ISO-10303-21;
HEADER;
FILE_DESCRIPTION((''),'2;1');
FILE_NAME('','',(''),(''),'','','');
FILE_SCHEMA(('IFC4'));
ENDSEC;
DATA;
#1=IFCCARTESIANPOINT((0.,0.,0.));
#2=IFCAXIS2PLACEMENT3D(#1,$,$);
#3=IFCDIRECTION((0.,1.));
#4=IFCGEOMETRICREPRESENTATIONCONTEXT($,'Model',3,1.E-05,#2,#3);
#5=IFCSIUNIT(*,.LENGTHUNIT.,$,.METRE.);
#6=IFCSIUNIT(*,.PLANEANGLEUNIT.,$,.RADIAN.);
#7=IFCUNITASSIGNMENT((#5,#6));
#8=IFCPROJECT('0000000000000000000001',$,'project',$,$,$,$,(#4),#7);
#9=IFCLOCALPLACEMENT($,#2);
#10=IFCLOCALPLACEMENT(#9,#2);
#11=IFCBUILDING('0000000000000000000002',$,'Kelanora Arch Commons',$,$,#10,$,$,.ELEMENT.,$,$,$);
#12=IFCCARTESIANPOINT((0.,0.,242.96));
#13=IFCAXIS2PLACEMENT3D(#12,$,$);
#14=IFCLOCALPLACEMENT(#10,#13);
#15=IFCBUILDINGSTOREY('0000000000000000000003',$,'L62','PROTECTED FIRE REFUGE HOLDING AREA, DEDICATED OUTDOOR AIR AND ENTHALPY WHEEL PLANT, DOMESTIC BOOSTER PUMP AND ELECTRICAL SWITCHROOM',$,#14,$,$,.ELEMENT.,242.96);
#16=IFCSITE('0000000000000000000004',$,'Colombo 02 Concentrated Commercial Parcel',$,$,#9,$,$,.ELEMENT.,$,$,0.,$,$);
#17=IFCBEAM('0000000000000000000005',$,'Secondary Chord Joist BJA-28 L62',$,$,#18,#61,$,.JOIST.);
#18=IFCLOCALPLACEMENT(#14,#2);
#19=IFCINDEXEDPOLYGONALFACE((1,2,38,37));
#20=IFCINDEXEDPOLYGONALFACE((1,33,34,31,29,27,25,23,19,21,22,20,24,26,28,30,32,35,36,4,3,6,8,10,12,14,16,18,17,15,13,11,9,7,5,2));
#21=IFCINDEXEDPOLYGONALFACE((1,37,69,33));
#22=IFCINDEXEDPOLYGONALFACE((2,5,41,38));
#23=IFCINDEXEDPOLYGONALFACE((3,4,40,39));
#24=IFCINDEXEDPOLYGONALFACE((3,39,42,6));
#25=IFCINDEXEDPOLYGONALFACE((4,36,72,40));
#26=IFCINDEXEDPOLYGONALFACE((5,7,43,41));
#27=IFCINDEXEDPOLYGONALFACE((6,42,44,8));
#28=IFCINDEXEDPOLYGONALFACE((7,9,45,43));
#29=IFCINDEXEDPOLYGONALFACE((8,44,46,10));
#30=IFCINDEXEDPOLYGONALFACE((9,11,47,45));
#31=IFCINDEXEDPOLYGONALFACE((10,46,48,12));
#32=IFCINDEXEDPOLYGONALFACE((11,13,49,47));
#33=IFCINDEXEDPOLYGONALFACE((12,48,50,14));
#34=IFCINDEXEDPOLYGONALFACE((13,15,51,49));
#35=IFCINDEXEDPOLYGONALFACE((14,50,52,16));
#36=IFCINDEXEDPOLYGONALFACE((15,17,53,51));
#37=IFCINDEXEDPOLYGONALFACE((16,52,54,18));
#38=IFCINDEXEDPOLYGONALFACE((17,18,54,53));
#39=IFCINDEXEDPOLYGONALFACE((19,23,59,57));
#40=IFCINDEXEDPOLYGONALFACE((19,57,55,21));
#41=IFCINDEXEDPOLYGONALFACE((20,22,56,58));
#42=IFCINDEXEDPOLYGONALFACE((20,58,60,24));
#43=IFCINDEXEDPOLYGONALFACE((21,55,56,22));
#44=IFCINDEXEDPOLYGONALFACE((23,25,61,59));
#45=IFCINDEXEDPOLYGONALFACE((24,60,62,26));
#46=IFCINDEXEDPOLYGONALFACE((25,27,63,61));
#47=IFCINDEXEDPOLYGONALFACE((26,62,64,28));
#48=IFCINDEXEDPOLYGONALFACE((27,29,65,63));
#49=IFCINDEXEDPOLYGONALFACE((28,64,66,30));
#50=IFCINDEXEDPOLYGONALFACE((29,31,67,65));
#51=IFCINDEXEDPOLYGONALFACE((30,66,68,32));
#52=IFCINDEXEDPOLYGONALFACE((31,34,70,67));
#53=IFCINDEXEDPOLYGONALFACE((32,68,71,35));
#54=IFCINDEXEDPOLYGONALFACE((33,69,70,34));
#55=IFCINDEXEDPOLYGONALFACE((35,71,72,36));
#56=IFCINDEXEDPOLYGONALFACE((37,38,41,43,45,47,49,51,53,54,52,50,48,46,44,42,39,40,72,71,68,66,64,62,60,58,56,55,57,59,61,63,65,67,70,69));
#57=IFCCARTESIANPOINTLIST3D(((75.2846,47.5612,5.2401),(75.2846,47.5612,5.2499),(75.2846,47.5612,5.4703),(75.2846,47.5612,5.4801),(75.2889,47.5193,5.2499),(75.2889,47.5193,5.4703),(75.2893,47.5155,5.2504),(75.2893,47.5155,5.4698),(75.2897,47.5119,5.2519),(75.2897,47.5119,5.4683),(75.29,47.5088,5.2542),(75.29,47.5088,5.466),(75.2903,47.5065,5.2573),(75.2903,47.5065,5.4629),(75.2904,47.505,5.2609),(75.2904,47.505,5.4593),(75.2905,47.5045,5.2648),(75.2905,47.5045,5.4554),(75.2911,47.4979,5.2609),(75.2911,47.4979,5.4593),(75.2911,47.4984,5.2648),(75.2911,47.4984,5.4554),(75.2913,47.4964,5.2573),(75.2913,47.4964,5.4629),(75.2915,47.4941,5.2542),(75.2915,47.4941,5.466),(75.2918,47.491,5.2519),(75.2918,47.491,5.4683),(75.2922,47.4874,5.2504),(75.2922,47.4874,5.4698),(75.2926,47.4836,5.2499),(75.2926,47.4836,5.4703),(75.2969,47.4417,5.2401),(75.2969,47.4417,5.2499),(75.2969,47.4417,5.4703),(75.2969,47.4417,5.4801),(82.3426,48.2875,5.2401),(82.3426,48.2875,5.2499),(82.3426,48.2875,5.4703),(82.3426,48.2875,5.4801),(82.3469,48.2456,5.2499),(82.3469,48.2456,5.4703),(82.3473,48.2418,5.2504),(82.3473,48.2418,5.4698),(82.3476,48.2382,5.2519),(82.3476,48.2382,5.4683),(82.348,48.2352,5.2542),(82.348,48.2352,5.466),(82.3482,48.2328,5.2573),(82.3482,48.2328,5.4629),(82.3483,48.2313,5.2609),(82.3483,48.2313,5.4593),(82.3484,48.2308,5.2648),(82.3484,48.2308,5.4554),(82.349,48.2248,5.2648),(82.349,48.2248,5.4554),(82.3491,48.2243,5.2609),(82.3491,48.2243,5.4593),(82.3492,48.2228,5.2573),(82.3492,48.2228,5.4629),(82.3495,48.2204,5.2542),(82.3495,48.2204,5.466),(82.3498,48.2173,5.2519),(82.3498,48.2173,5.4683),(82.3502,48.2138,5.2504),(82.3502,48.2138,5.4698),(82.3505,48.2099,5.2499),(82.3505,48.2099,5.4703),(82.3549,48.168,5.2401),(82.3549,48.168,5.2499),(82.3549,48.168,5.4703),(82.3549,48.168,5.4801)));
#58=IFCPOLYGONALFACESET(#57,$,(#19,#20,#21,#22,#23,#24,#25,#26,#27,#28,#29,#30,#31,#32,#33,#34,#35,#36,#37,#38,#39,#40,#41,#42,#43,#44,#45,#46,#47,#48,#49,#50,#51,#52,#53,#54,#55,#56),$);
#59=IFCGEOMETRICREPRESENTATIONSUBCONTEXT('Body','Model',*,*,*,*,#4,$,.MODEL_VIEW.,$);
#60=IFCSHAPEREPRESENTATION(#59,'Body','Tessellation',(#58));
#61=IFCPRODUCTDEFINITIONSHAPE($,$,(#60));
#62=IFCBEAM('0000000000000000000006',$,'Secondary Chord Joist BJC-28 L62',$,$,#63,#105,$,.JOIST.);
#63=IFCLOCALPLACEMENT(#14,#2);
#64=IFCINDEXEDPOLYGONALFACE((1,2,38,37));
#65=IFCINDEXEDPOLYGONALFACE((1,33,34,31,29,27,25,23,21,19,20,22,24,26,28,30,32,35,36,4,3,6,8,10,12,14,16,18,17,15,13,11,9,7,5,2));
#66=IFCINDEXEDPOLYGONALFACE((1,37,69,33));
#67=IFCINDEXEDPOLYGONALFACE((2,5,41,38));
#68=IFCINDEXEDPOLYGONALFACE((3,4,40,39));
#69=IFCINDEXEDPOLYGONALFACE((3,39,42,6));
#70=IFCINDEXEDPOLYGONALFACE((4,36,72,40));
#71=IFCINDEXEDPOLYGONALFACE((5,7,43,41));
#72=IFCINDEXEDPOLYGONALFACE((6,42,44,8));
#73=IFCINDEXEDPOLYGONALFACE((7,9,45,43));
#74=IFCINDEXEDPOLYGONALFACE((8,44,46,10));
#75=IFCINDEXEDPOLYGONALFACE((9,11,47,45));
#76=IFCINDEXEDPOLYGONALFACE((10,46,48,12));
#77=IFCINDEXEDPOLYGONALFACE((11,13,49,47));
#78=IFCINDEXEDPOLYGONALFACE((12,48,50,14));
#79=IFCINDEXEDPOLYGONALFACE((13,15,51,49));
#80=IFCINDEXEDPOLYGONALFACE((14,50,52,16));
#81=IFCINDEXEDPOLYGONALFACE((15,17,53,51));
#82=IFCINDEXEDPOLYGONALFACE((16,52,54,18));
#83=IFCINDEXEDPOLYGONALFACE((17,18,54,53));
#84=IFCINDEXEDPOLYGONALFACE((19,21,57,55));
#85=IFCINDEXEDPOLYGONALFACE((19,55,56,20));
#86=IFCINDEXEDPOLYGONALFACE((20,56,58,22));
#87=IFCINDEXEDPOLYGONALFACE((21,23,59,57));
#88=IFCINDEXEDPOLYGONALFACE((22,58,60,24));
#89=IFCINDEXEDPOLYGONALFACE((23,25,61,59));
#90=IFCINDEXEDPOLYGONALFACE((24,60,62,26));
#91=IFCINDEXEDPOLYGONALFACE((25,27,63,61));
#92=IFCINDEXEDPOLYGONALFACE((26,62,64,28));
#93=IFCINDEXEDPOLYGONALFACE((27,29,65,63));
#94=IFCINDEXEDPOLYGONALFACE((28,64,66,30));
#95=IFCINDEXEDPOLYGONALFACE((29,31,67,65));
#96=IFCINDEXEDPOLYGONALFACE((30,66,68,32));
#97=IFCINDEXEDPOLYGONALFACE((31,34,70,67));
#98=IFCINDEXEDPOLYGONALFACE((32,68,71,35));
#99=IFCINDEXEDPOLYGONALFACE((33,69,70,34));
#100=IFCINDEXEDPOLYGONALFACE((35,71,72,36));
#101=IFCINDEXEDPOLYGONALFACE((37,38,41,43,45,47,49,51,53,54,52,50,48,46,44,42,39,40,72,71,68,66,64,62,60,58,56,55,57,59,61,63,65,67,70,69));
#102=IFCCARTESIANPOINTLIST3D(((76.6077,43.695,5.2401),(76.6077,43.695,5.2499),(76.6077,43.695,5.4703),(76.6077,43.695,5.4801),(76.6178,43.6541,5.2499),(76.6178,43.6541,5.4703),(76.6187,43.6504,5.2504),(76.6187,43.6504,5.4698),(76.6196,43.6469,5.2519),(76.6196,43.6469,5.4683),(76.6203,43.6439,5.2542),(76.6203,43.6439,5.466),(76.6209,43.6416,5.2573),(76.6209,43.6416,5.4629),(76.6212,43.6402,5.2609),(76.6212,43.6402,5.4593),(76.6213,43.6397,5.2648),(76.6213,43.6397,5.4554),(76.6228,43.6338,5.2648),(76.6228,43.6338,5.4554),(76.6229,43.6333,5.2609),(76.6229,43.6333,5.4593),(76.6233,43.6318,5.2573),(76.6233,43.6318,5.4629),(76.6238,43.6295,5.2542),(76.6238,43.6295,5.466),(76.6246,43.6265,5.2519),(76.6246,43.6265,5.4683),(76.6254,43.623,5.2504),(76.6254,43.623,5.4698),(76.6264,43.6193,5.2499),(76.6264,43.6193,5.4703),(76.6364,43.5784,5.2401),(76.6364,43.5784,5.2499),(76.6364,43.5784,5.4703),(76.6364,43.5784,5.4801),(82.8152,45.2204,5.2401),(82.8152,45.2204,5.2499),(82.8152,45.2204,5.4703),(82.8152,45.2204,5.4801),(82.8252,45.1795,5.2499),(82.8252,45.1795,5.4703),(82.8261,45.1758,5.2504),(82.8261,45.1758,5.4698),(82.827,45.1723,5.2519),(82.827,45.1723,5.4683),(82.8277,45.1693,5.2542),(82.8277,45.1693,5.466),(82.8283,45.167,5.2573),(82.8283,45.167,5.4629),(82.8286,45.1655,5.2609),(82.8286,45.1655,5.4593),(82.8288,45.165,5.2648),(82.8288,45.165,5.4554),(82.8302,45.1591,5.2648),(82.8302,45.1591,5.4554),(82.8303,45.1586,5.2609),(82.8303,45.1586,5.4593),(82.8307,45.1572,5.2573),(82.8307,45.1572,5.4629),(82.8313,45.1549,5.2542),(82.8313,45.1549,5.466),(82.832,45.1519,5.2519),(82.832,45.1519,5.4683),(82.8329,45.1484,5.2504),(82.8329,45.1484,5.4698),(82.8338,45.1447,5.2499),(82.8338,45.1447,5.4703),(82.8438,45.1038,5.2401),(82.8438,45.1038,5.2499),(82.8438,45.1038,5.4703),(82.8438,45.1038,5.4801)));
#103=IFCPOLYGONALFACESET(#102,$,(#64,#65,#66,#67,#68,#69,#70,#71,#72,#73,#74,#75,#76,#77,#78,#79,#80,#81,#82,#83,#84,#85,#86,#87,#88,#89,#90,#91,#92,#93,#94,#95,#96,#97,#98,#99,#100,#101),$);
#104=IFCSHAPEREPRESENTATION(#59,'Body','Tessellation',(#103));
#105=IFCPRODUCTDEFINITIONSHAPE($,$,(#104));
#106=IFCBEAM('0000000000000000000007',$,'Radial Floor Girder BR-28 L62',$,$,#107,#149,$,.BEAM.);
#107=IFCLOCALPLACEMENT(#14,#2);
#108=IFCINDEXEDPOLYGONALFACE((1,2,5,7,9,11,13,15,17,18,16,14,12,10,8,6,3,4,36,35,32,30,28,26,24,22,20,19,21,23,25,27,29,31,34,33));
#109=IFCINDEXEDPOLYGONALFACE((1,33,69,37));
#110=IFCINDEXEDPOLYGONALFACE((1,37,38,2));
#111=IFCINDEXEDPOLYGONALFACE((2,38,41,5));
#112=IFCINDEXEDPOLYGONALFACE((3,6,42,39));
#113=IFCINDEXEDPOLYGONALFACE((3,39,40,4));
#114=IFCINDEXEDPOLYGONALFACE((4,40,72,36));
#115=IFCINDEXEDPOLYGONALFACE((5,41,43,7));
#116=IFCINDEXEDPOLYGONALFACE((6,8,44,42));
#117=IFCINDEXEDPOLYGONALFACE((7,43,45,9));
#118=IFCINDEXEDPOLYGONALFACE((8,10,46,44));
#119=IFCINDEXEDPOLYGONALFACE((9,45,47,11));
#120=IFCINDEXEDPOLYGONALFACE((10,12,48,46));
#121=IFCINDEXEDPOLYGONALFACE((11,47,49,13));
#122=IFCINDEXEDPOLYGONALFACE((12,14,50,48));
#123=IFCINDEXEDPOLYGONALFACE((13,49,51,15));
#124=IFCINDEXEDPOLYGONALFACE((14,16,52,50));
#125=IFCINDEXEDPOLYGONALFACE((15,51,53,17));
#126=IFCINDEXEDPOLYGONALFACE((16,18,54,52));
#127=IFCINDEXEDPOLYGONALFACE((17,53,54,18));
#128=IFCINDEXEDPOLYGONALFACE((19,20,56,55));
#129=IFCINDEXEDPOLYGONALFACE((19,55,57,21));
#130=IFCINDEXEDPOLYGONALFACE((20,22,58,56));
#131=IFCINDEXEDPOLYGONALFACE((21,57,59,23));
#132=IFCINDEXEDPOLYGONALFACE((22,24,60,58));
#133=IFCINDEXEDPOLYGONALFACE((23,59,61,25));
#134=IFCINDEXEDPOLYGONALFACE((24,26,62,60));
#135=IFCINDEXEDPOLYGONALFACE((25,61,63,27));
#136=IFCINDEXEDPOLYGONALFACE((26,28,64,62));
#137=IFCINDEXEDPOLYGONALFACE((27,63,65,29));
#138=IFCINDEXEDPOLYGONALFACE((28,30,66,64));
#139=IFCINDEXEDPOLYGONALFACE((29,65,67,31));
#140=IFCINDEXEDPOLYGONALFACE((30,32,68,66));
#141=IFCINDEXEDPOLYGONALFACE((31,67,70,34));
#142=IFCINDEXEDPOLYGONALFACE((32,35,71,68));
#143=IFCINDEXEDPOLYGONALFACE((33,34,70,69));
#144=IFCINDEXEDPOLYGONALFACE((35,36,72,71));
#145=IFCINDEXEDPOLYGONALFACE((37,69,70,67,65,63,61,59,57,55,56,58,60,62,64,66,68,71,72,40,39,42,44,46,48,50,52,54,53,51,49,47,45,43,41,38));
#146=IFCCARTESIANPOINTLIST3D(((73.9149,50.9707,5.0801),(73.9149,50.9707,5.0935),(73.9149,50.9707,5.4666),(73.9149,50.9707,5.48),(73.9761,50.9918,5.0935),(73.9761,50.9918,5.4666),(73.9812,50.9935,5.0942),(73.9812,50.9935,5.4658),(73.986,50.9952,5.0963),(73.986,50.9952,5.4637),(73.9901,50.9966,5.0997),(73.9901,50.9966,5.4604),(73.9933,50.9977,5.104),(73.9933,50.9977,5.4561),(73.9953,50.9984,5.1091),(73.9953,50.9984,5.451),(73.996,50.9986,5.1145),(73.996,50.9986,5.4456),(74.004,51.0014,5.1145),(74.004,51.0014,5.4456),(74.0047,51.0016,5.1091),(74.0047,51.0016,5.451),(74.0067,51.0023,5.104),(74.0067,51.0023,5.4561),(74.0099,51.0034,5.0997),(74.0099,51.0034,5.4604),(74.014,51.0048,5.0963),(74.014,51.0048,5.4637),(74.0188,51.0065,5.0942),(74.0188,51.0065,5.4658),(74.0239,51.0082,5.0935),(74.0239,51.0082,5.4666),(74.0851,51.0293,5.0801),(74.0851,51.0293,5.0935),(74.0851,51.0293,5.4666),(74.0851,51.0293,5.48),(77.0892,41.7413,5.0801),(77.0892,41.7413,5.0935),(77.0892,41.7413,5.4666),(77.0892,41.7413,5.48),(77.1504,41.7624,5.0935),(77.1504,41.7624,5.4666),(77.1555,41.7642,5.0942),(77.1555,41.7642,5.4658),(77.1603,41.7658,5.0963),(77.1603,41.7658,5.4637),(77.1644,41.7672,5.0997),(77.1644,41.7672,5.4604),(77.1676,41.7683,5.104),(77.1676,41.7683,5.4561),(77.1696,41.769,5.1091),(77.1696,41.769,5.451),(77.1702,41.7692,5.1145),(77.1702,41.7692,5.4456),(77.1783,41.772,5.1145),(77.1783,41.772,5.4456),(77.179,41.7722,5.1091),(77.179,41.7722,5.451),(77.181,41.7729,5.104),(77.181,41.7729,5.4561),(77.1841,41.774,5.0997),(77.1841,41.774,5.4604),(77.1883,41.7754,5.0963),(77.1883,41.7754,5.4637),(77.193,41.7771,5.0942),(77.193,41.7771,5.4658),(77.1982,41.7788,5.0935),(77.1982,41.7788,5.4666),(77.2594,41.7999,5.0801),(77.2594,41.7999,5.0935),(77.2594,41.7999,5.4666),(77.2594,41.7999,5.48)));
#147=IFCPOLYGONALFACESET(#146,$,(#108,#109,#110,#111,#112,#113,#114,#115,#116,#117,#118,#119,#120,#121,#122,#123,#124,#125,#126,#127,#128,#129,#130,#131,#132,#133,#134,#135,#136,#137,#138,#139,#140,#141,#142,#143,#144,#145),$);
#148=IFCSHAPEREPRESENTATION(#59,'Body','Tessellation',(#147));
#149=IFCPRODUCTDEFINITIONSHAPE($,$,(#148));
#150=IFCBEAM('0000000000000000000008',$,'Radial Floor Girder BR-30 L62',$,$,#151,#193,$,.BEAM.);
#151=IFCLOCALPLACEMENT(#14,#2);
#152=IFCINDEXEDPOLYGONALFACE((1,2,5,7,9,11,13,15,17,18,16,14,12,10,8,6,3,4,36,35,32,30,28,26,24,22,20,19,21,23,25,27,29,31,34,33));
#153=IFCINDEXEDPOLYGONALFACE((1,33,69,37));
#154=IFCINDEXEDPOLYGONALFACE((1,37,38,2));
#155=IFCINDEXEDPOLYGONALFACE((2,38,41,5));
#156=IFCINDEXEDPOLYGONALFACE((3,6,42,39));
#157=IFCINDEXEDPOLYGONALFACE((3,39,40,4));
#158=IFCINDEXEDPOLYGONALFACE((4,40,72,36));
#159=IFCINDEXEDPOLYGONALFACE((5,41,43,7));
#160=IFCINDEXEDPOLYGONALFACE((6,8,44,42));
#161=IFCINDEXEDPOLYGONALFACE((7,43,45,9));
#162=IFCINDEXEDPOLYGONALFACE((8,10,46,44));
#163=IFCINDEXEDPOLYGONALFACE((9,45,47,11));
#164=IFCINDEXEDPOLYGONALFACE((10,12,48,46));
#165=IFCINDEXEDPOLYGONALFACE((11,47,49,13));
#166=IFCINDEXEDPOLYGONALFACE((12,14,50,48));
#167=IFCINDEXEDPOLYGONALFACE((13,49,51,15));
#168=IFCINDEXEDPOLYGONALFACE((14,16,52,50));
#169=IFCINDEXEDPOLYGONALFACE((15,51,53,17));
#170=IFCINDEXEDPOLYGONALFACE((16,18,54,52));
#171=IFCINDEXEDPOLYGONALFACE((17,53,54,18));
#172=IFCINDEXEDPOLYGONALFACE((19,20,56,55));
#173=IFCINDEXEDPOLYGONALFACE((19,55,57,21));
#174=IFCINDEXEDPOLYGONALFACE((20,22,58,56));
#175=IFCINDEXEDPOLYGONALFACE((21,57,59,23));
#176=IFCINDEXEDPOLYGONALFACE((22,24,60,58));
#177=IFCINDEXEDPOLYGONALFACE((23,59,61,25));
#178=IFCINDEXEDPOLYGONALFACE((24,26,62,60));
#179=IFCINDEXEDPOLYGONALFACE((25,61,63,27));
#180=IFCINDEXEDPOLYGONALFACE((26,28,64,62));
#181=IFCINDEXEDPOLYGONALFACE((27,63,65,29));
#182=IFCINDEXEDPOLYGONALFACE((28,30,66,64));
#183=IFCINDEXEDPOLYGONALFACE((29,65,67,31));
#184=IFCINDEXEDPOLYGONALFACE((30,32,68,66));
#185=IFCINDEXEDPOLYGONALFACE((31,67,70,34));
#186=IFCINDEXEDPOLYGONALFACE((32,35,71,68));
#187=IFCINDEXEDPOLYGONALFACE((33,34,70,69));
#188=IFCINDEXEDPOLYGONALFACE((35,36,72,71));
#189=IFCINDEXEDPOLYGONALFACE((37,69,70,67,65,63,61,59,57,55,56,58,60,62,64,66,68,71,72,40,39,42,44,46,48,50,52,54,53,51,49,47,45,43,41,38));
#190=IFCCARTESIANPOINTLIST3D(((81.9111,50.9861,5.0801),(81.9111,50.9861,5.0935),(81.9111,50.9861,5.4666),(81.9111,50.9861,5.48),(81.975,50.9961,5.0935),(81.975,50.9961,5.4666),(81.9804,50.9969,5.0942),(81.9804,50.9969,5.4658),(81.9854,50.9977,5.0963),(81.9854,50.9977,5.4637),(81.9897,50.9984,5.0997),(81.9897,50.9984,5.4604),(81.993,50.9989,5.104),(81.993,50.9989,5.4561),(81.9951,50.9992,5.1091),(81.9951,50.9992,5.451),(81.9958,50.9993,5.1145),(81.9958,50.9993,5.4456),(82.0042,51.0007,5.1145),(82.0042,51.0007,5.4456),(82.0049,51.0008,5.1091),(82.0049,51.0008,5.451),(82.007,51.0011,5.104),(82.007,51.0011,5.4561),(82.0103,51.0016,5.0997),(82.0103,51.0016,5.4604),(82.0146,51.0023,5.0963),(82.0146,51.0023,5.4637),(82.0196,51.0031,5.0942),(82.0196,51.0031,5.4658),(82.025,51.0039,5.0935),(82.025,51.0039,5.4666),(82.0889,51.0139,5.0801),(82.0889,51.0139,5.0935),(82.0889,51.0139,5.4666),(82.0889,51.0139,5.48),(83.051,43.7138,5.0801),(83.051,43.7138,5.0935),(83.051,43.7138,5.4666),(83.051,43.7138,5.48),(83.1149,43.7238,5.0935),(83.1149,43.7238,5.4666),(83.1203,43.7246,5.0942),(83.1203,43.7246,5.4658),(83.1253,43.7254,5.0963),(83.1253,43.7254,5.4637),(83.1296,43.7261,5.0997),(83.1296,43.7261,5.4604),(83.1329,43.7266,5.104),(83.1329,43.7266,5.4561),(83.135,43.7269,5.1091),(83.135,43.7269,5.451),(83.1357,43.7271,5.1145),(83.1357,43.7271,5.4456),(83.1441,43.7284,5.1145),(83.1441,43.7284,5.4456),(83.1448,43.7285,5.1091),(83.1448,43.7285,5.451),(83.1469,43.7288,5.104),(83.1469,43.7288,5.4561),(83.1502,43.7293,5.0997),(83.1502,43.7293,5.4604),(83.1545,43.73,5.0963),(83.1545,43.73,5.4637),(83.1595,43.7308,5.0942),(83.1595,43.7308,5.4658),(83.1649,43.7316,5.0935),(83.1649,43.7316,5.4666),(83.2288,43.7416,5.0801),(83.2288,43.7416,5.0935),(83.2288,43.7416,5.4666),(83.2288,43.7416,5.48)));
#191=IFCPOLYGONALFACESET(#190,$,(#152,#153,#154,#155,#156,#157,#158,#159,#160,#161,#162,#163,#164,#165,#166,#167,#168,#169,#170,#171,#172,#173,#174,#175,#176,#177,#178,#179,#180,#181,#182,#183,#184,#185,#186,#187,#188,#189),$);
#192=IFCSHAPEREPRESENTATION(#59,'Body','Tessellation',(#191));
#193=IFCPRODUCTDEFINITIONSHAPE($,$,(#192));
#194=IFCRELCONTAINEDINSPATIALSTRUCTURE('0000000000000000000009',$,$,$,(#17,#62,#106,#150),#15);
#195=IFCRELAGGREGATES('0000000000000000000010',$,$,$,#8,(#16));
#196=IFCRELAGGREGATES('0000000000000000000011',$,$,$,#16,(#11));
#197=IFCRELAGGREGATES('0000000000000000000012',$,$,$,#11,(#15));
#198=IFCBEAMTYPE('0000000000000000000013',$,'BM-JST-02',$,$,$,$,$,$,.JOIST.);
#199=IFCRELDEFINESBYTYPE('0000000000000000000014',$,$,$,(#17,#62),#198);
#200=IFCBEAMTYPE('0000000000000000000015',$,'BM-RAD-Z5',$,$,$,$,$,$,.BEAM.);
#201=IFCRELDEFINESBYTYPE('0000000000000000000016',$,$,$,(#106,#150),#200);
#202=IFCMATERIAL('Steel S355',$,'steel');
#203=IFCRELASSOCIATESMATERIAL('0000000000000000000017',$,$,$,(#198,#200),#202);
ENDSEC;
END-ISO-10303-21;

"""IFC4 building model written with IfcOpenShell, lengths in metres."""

from ifc_helpers import new_model, si_unit, direction, frame, origin, origin_2d, place, context, subcontext, project, spatial, i_section, extrude, material, material_profile, profile_set, type_object, element, save


model = new_model("IFC4")

# Units and contexts
model_context = context("Model", 3, precision=1e-05, world=origin(), true_north=direction((0.0, 1.0)))
body_context = subcontext(model_context, "Body", "Model", "MODEL_VIEW")
ifc_project = project(units=[si_unit("LENGTHUNIT", "METRE"), si_unit("PLANEANGLEUNIT", "RADIAN")], contexts=[model_context])

# Site, building, storey
site_placement = place(None, origin())
site = spatial("IfcSite", under=ifc_project, at=site_placement, Name="Colombo 02 Concentrated Commercial Parcel", CompositionType="ELEMENT", RefElevation=0.0)
building_placement = place(site_placement, origin())
building = spatial("IfcBuilding", under=site, at=building_placement, Name="Kelanora Arch Commons", CompositionType="ELEMENT")
storey_placement = place(building_placement, frame((0.0, 0.0, 242.96)))
storey = spatial("IfcBuildingStorey", under=building, at=storey_placement, Name="L62", Description="PROTECTED FIRE REFUGE HOLDING AREA, DEDICATED OUTDOOR AIR AND ENTHALPY WHEEL PLANT, DOMESTIC BOOSTER PUMP AND ELECTRICAL SWITCHROOM", CompositionType="ELEMENT", Elevation=242.96)

# Beams
ifc_material_1 = material(Name="Steel S355", Category="steel")
ifc_material_profile_1 = material_profile(ifc_material_1, i_section(OverallWidth=0.1201, OverallDepth=0.24, WebThickness=0.0061, FlangeThickness=0.0098, FilletRadius=0.0149, at=origin_2d()), Name="IPE240")
ifc_profile_set_1 = profile_set([ifc_material_profile_1], Name="Steel S355")
beam_type_1 = type_object("IfcBeamType", Name="BM-JST-02", PredefinedType="JOIST", material=ifc_profile_set_1)
beam_1_placement = place(storey_placement, frame((75.2908, 47.5015, 5.3601), z_axis=(0.994747, 0.102369, 0.0), x_axis=(-0.102369, 0.994747, 0.0)))
element("IfcBeam", 1, at=beam_1_placement, inside=storey, type_object=beam_type_1, Name="Secondary Chord Joist BJA-28 L62", PredefinedType="JOIST", context=body_context, shape_type="SweptSolid", body=[
    extrude(i_section(OverallWidth=0.1201, OverallDepth=0.24, WebThickness=0.0061, FlangeThickness=0.0098, FilletRadius=0.0149, at=origin_2d()), origin(), (0.0, 0.0, 1.0), 7.0952),
])
beam_2_placement = place(storey_placement, frame((76.6221, 43.6367, 5.3601), z_axis=(0.97111, 0.238633, 0.0), x_axis=(-0.238633, 0.97111, 0.0)))
element("IfcBeam", 2, at=beam_2_placement, inside=storey, type_object=beam_type_1, Name="Secondary Chord Joist BJC-28 L62", PredefinedType="JOIST", context=body_context, shape_type="SweptSolid", body=[
    extrude(i_section(OverallWidth=0.1201, OverallDepth=0.24, WebThickness=0.0061, FlangeThickness=0.0098, FilletRadius=0.0149, at=origin_2d()), origin(), (0.0, 0.0, 1.0), 6.3921),
])
ifc_material_profile_2 = material_profile(ifc_material_1, i_section(OverallWidth=0.1799, OverallDepth=0.3999, WebThickness=0.0085, FlangeThickness=0.0134, FilletRadius=0.021, at=origin_2d()), Name="IPE400")
ifc_profile_set_2 = profile_set([ifc_material_profile_2], Name="Steel S355")
beam_type_2 = type_object("IfcBeamType", Name="BM-RAD-Z5", PredefinedType="BEAM", material=ifc_profile_set_2)
beam_3_placement = place(storey_placement, frame((74.0, 51.0, 5.28), z_axis=(0.325234, -0.945634, 0.0), x_axis=(0.945634, 0.325234, 0.0)))
element("IfcBeam", 3, at=beam_3_placement, inside=storey, type_object=beam_type_2, Name="Radial Floor Girder BR-28 L62", PredefinedType="BEAM", context=body_context, shape_type="SweptSolid", body=[
    extrude(i_section(OverallWidth=0.1799, OverallDepth=0.3999, WebThickness=0.0085, FlangeThickness=0.0134, FilletRadius=0.021, at=origin_2d()), origin(), (0.0, 0.0, 1.0), 9.76),
])
beam_4_placement = place(storey_placement, frame((82.0, 51.0, 5.28), z_axis=(0.154855, -0.987937, 0.0), x_axis=(0.987937, 0.154855, 0.0)))
element("IfcBeam", 4, at=beam_4_placement, inside=storey, type_object=beam_type_2, Name="Radial Floor Girder BR-30 L62", PredefinedType="BEAM", context=body_context, shape_type="SweptSolid", body=[
    extrude(i_section(OverallWidth=0.1799, OverallDepth=0.3999, WebThickness=0.0085, FlangeThickness=0.0134, FilletRadius=0.021, at=origin_2d()), origin(), (0.0, 0.0, 1.0), 7.3611),
])

save(model, "model.ifc")
